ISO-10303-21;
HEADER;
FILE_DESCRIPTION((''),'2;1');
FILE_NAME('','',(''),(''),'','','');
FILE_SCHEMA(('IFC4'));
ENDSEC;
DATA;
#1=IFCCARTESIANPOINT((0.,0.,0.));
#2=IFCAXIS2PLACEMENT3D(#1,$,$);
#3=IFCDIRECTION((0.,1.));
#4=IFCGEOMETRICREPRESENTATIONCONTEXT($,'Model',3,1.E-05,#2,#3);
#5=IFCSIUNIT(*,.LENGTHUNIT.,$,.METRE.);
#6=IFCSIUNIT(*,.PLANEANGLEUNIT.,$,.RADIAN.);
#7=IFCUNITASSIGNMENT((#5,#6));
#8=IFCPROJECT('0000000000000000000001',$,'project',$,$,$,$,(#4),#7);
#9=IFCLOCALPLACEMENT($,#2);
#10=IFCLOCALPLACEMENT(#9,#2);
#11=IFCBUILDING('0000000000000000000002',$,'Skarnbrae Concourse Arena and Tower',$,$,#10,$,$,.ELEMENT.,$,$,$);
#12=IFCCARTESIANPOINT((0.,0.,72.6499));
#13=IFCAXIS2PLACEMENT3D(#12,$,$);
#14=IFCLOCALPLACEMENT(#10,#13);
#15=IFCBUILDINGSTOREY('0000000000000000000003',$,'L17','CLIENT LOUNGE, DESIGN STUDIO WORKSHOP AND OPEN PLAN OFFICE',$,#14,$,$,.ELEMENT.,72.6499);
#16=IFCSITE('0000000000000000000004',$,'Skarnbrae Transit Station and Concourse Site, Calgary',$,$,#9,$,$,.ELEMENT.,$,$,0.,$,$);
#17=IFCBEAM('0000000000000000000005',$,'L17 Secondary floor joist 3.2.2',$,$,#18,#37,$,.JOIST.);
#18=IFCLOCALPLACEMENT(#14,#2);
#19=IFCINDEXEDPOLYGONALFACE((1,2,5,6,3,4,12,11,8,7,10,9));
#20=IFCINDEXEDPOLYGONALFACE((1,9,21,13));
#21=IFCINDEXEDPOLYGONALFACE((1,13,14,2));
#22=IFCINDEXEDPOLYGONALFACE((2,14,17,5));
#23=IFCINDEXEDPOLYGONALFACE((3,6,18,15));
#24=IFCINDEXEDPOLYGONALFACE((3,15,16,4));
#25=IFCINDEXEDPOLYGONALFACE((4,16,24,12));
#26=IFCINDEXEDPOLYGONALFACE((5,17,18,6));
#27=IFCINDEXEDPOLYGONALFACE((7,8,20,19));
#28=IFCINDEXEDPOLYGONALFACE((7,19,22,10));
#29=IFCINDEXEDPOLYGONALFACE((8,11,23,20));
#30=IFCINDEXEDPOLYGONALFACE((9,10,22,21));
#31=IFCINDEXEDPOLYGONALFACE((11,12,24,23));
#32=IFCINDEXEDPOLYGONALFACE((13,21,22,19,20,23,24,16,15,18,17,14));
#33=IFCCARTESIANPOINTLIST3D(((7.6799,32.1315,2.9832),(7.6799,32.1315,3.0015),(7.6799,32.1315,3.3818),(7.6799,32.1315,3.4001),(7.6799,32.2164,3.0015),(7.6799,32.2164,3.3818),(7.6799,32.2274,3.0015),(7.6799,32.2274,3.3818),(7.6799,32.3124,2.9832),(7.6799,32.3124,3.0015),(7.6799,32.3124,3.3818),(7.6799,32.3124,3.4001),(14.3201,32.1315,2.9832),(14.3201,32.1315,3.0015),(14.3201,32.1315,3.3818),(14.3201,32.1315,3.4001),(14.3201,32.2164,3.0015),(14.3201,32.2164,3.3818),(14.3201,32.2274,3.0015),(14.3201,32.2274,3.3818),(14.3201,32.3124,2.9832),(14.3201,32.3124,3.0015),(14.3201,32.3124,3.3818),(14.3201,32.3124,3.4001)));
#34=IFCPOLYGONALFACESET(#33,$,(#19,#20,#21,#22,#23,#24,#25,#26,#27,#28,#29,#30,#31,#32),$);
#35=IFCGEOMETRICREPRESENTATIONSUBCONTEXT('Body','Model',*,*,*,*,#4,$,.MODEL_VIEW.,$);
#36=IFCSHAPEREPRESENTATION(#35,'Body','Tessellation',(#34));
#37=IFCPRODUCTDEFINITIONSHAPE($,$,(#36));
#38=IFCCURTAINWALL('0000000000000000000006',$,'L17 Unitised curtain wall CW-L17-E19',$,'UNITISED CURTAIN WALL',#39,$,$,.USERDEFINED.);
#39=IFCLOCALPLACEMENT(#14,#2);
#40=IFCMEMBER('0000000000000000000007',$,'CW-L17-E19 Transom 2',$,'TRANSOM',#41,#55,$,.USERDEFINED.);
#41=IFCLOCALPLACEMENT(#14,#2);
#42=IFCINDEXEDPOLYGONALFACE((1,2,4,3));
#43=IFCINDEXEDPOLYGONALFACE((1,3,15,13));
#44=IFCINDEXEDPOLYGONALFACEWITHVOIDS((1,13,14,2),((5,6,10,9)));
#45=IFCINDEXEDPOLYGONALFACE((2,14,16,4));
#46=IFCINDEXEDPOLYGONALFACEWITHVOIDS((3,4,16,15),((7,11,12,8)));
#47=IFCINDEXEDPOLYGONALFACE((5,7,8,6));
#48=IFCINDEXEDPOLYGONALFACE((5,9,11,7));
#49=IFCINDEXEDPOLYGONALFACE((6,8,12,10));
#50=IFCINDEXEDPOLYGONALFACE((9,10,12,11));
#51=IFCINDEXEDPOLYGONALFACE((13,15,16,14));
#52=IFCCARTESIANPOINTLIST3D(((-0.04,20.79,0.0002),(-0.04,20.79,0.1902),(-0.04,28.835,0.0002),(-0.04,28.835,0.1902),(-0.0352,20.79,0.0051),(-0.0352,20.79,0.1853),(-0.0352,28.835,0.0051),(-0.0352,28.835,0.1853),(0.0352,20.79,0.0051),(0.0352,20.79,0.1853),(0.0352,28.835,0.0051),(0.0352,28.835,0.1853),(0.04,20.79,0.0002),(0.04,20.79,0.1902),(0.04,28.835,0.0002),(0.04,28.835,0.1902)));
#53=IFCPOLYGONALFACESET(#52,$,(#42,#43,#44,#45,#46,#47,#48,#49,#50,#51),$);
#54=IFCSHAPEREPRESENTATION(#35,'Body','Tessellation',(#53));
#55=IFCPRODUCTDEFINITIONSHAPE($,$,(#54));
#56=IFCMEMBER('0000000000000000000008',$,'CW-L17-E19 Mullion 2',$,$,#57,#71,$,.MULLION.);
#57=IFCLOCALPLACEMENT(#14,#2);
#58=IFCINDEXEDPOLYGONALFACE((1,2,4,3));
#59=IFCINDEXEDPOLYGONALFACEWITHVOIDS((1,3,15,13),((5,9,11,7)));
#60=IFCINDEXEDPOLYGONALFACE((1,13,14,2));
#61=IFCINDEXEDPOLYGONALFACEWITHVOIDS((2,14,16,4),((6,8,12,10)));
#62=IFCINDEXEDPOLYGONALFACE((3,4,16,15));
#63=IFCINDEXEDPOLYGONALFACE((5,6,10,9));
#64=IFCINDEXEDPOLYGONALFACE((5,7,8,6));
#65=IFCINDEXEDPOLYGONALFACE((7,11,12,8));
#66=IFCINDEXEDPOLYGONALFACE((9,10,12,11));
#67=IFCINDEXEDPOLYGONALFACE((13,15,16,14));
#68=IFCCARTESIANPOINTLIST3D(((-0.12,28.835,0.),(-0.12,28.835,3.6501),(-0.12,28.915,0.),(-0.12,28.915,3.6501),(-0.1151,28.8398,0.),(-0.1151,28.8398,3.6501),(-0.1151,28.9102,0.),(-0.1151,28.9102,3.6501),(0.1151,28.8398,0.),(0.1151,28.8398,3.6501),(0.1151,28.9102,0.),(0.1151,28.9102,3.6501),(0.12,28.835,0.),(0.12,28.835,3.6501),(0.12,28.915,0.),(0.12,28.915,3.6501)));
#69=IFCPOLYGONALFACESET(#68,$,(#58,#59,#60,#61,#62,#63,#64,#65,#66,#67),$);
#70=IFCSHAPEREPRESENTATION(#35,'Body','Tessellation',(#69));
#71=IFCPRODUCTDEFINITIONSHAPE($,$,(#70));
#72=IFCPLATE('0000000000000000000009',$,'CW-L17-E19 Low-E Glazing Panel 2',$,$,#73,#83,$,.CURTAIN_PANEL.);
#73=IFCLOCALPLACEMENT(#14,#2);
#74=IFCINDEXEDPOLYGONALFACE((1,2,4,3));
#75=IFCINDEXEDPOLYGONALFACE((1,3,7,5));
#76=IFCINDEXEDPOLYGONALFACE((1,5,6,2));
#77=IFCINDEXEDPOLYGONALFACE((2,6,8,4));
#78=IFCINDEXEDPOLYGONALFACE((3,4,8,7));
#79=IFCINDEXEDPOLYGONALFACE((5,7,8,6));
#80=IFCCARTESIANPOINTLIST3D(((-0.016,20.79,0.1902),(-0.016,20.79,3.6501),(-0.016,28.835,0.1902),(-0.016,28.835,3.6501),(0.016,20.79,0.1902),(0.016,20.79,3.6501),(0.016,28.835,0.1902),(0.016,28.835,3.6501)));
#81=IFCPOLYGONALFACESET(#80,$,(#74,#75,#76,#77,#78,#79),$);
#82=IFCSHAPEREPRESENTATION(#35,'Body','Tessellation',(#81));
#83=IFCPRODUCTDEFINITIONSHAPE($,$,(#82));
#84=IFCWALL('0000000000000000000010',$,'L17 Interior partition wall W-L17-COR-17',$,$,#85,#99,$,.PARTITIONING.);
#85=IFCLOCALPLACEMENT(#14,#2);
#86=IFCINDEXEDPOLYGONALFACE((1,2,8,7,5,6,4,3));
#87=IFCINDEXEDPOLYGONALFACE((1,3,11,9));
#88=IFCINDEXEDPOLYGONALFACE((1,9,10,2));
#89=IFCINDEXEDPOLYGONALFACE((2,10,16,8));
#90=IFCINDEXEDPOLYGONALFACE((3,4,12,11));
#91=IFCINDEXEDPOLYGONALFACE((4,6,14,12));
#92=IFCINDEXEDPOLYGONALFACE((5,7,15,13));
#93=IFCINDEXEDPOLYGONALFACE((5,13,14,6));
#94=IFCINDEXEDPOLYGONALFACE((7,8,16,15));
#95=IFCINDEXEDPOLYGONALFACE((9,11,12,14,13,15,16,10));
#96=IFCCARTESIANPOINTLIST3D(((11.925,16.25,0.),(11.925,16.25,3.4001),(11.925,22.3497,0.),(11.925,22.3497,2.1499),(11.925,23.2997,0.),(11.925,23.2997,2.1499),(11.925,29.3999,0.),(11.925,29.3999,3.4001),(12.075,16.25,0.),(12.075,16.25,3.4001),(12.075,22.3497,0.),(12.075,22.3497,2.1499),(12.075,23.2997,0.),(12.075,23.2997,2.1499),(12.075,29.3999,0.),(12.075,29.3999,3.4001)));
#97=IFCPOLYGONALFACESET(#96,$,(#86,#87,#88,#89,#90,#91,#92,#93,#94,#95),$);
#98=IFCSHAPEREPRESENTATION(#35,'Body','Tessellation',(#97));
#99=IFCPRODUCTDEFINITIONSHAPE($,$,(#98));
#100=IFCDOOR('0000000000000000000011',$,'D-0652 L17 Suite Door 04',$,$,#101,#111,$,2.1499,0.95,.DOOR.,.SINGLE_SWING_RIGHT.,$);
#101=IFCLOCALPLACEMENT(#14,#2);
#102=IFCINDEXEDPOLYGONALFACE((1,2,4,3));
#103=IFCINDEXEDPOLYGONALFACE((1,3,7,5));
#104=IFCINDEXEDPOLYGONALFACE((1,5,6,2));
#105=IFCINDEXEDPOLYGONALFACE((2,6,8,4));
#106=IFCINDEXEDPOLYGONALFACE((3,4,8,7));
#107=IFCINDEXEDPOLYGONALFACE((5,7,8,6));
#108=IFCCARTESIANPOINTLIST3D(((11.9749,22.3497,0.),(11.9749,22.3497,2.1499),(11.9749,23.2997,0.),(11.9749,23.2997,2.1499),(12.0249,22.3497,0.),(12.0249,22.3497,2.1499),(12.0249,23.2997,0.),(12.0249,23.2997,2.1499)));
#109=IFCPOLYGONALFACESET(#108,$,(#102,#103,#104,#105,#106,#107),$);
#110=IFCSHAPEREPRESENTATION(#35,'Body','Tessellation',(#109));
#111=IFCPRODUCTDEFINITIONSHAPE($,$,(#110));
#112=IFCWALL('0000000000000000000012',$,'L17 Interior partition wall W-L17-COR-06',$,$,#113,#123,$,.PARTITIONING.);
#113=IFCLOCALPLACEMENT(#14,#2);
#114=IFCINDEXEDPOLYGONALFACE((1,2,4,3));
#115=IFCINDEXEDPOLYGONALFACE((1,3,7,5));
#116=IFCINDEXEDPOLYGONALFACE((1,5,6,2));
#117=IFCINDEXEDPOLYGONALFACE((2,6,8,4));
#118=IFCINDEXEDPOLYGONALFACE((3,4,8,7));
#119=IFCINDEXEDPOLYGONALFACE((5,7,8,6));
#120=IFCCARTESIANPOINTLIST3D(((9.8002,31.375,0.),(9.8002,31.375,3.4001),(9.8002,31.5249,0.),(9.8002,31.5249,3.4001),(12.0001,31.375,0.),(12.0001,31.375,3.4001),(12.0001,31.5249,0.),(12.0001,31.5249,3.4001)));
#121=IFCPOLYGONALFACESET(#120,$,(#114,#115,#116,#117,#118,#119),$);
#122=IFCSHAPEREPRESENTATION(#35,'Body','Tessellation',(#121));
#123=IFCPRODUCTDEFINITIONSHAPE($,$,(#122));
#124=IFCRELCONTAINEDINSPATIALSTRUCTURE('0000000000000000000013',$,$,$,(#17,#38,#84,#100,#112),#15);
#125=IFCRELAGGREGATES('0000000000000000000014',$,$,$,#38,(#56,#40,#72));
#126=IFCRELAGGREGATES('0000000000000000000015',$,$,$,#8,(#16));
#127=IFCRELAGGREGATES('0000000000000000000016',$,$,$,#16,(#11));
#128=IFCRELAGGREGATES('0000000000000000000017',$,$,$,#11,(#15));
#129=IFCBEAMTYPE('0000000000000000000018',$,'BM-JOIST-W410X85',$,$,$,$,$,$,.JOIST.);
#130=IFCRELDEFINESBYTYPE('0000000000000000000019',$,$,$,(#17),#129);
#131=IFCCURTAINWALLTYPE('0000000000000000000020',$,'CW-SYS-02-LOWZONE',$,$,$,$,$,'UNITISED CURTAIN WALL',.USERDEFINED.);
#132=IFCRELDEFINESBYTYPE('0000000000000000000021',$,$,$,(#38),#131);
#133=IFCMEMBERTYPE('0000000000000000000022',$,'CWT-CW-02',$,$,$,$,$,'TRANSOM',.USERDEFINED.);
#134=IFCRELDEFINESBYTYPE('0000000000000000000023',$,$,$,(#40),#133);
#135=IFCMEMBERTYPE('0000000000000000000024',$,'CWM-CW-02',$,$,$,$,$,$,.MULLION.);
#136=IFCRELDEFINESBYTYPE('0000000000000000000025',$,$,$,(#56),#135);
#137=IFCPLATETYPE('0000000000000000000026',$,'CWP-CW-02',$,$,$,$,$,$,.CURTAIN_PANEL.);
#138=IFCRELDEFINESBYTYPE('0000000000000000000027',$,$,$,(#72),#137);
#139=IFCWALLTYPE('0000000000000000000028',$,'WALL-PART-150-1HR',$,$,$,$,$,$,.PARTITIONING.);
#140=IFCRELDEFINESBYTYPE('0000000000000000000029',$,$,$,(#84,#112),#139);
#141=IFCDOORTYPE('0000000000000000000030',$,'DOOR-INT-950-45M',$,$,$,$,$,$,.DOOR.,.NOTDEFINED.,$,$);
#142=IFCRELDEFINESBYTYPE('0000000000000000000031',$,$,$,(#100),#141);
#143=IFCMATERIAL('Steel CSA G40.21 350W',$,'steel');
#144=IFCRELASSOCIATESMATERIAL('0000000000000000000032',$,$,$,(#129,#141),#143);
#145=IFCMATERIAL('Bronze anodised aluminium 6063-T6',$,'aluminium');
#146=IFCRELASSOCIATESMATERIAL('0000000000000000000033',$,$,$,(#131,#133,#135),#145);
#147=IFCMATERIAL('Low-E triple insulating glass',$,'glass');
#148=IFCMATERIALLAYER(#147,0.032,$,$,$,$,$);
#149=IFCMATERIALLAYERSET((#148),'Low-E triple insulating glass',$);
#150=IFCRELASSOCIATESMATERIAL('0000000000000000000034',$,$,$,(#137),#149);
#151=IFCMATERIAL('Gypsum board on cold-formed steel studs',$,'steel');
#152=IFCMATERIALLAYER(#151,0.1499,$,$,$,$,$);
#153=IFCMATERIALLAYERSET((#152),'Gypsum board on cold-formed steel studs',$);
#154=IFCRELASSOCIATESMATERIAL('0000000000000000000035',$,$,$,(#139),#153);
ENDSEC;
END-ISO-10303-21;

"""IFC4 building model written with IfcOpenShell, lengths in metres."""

from ifc_helpers import new_model, si_unit, direction, frame, frame_2d, origin, origin_2d, place, context, subcontext, project, spatial, rectangle, hollow_rectangle, i_section, extrude, source, transform, mapped, material, layer, layer_set, material_profile, profile_set, type_object, element, fill, aggregate, save


model = new_model("IFC4")

# Units and contexts
model_context = context("Model", 3, precision=1e-05, world=origin(), true_north=direction((0.0, 1.0)))
body_context = subcontext(model_context, "Body", "Model", "MODEL_VIEW")
ifc_project = project(units=[si_unit("LENGTHUNIT", "METRE"), si_unit("PLANEANGLEUNIT", "RADIAN")], contexts=[model_context])

# Site, building, storey
site_placement = place(None, origin())
site = spatial("IfcSite", under=ifc_project, at=site_placement, Name="Skarnbrae Transit Station and Concourse Site, Calgary", CompositionType="ELEMENT", RefElevation=0.0)
building_placement = place(site_placement, origin())
building = spatial("IfcBuilding", under=site, at=building_placement, Name="Skarnbrae Concourse Arena and Tower", CompositionType="ELEMENT")
storey_placement = place(building_placement, frame((0.0, 0.0, 72.6499)))
storey = spatial("IfcBuildingStorey", under=building, at=storey_placement, Name="L17", Description="CLIENT LOUNGE, DESIGN STUDIO WORKSHOP AND OPEN PLAN OFFICE", CompositionType="ELEMENT", Elevation=72.6499)

# Shared definitions
ifc_material_1 = material(Name="Steel CSA G40.21 350W", Category="steel")

# Beam
ifc_material_profile_1 = material_profile(ifc_material_1, i_section(OverallWidth=0.1809, OverallDepth=0.417, WebThickness=0.011, FlangeThickness=0.0183, at=origin_2d()), Name="W410X85")
ifc_profile_set_1 = profile_set([ifc_material_profile_1], Name="Steel CSA G40.21 350W")
beam_type_1 = type_object("IfcBeamType", Name="BM-JOIST-W410X85", PredefinedType="JOIST", material=ifc_profile_set_1)
shared_shape_1 = source(origin(), body_context, "Body", "SweptSolid", [
    extrude(i_section(OverallWidth=0.1809, OverallDepth=0.417, WebThickness=0.011, FlangeThickness=0.0183, at=origin_2d()), origin(), (0.0, 0.0, 1.0), 6.6401),
])
for number, where, z_axis, x_axis, name in (
    (1, (7.6799, 32.2219, 3.1917), (1.0, 0.0, 0.0), (0.0, 1.0, 0.0), "L17 Secondary floor joist 3.2.2"),
):
    element("IfcBeam", number, at=place(storey_placement, frame(where, z_axis=z_axis, x_axis=x_axis)), inside=storey, type_object=beam_type_1, Name=name, PredefinedType="JOIST", context=body_context, shape_type="MappedRepresentation", body=[
        mapped(shared_shape_1, transform((0.0, 0.0, 0.0))),
    ])

# Curtain wall, members, plate
ifc_material_2 = material(Name="Bronze anodised aluminium 6063-T6", Category="aluminium")
curtain_wall_type = type_object("IfcCurtainWallType", Name="CW-SYS-02-LOWZONE", ElementType="UNITISED CURTAIN WALL", PredefinedType="USERDEFINED", material=ifc_material_2)
curtain_wall_placement = place(storey_placement, origin())
curtain_wall = element("IfcCurtainWall", 2, at=curtain_wall_placement, inside=storey, type_object=curtain_wall_type, Name="L17 Unitised curtain wall CW-L17-E19", ObjectType="UNITISED CURTAIN WALL", PredefinedType="USERDEFINED")
ifc_material_profile_2 = material_profile(ifc_material_2, hollow_rectangle(XDim=0.0801, YDim=0.1899, WallThickness=0.0049, at=origin_2d()), Name="ALU-TRAN-80X190")
ifc_profile_set_2 = profile_set([ifc_material_profile_2], Name="Bronze anodised aluminium 6063-T6")
member_type_1 = type_object("IfcMemberType", Name="CWT-CW-02", ElementType="TRANSOM", PredefinedType="USERDEFINED", material=ifc_profile_set_2)
shared_shape_2 = source(origin(), body_context, "Body", "SweptSolid", [
    extrude(hollow_rectangle(XDim=0.0801, YDim=0.1899, WallThickness=0.0049, at=origin_2d()), origin(), (0.0, 0.0, 1.0), 8.0449),
])
member_1_placement = place(storey_placement, frame((0.0, 28.835, 0.0952), z_axis=(0.0, -1.0, 0.0), x_axis=(1.0, 0.0, 0.0)))
member_1 = element("IfcMember", 3, at=member_1_placement, type_object=member_type_1, Name="CW-L17-E19 Transom 2", ObjectType="TRANSOM", PredefinedType="USERDEFINED", context=body_context, shape_type="MappedRepresentation", body=[
    mapped(shared_shape_2, transform((0.0, 0.0, 0.0))),
])
ifc_material_profile_3 = material_profile(ifc_material_2, hollow_rectangle(XDim=0.0801, YDim=0.24, WallThickness=0.0049, at=origin_2d()), Name="ALU-MULL-80X240")
ifc_profile_set_3 = profile_set([ifc_material_profile_3], Name="Bronze anodised aluminium 6063-T6")
member_type_2 = type_object("IfcMemberType", Name="CWM-CW-02", PredefinedType="MULLION", material=ifc_profile_set_3)
shared_shape_3 = source(origin(), body_context, "Body", "SweptSolid", [
    extrude(hollow_rectangle(XDim=0.0801, YDim=0.24, WallThickness=0.0049, at=origin_2d()), origin(), (0.0, 0.0, 1.0), 3.6501),
])
member_2_placement = place(storey_placement, frame((0.0, 28.875, 0.0), z_axis=(0.0, 0.0, 1.0), x_axis=(0.0, -1.0, 0.0)))
member_2 = element("IfcMember", 4, at=member_2_placement, type_object=member_type_2, Name="CW-L17-E19 Mullion 2", PredefinedType="MULLION", context=body_context, shape_type="MappedRepresentation", body=[
    mapped(shared_shape_3, transform((0.0, 0.0, 0.0))),
])
ifc_material_3 = material(Name="Low-E triple insulating glass", Category="glass")
ifc_layer_1 = layer(ifc_material_3, 0.032)
ifc_layer_set_1 = layer_set([ifc_layer_1], Name="Low-E triple insulating glass")
plate_type = type_object("IfcPlateType", Name="CWP-CW-02", PredefinedType="CURTAIN_PANEL", material=ifc_layer_set_1)
shared_shape_4 = source(origin(), body_context, "Body", "SweptSolid", [
    extrude(rectangle(XDim=8.0449, YDim=0.032, at=origin_2d()), origin(), (0.0, 0.0, 1.0), 3.46),
])
plate_placement = place(storey_placement, frame((0.0, 24.8125, 0.1902), z_axis=(0.0, 0.0, 1.0), x_axis=(0.0, -1.0, 0.0)))
plate = element("IfcPlate", 5, at=plate_placement, type_object=plate_type, Name="CW-L17-E19 Low-E Glazing Panel 2", PredefinedType="CURTAIN_PANEL", context=body_context, shape_type="MappedRepresentation", body=[
    mapped(shared_shape_4, transform((0.0, 0.0, 0.0))),
])
aggregate(curtain_wall, [member_2, member_1, plate])

# Wall, opening, door
ifc_material_4 = material(Name="Gypsum board on cold-formed steel studs", Category="steel")
ifc_layer_2 = layer(ifc_material_4, 0.1499)
ifc_layer_set_2 = layer_set([ifc_layer_2], Name="Gypsum board on cold-formed steel studs")
wall_type_1 = type_object("IfcWallType", Name="WALL-PART-150-1HR", PredefinedType="PARTITIONING", material=ifc_layer_set_2)
shared_shape_5 = source(origin(), body_context, "Body", "SweptSolid", [
    extrude(rectangle(XDim=13.1499, YDim=0.1499, at=frame_2d((6.575, 0.0))), origin(), (0.0, 0.0, 1.0), 3.4001),
])
wall_1_placement = place(storey_placement, frame((12.0, 29.3999, 0.0), z_axis=(0.0, 0.0, 1.0), x_axis=(0.0, -1.0, 0.0)))
wall_1 = element("IfcWall", 6, at=wall_1_placement, inside=storey, type_object=wall_type_1, Name="L17 Interior partition wall W-L17-COR-17", PredefinedType="PARTITIONING", context=body_context, shape_type="MappedRepresentation", body=[
    mapped(shared_shape_5, transform((0.0, 0.0, 0.0))),
])
opening_1_placement = place(wall_1_placement, frame((6.1001, 0.0, 0.0)))
opening_1 = element("IfcOpeningElement", 7, at=opening_1_placement, cuts=wall_1, PredefinedType="OPENING", context=body_context, shape_type="SweptSolid", body=[
    extrude(rectangle(XDim=0.95, YDim=2.1499, at=frame_2d((0.4751, 1.075))), frame((0.0, 0.085, 0.0), z_axis=(0.0, -1.0, 0.0), x_axis=(1.0, 0.0, 0.0)), (0.0, 0.0, 1.0), 0.1699),
])
door_type = type_object("IfcDoorType", Name="DOOR-INT-950-45M", OperationType="NOTDEFINED", PredefinedType="DOOR", material=ifc_material_1)
shared_shape_6 = source(origin(), body_context, "Body", "SweptSolid", [
    extrude(rectangle(XDim=0.95, YDim=2.1499, at=frame_2d((0.4751, 1.075))), frame((0.0, 0.0249, 0.0), z_axis=(0.0, -1.0, 0.0), x_axis=(1.0, 0.0, 0.0)), (0.0, 0.0, 1.0), 0.05),
])
door_1_placement = place(opening_1_placement, origin())
door_1 = element("IfcDoor", 8, at=door_1_placement, inside=storey, type_object=door_type, Name="D-0652 L17 Suite Door 04", OperationType="SINGLE_SWING_RIGHT", OverallHeight=2.1499, OverallWidth=0.95, PredefinedType="DOOR", context=body_context, shape_type="MappedRepresentation", body=[
    mapped(shared_shape_6, transform((0.0, 0.0, 0.0))),
])
fill(opening_1, door_1)

# Wall
shared_shape_7 = source(origin(), body_context, "Body", "SweptSolid", [
    extrude(rectangle(XDim=2.2, YDim=0.1499, at=frame_2d((1.1001, 0.0))), origin(), (0.0, 0.0, 1.0), 3.4001),
])
wall_2_placement = place(storey_placement, frame((9.8, 31.45, 0.0), z_axis=(0.0, 0.0, 1.0), x_axis=(1.0, 0.0, 0.0)))
element("IfcWall", 9, at=wall_2_placement, inside=storey, type_object=wall_type_1, Name="L17 Interior partition wall W-L17-COR-06", PredefinedType="PARTITIONING", context=body_context, shape_type="MappedRepresentation", body=[
    mapped(shared_shape_7, transform((0.0, 0.0, 0.0))),
])

save(model, "model.ifc")
